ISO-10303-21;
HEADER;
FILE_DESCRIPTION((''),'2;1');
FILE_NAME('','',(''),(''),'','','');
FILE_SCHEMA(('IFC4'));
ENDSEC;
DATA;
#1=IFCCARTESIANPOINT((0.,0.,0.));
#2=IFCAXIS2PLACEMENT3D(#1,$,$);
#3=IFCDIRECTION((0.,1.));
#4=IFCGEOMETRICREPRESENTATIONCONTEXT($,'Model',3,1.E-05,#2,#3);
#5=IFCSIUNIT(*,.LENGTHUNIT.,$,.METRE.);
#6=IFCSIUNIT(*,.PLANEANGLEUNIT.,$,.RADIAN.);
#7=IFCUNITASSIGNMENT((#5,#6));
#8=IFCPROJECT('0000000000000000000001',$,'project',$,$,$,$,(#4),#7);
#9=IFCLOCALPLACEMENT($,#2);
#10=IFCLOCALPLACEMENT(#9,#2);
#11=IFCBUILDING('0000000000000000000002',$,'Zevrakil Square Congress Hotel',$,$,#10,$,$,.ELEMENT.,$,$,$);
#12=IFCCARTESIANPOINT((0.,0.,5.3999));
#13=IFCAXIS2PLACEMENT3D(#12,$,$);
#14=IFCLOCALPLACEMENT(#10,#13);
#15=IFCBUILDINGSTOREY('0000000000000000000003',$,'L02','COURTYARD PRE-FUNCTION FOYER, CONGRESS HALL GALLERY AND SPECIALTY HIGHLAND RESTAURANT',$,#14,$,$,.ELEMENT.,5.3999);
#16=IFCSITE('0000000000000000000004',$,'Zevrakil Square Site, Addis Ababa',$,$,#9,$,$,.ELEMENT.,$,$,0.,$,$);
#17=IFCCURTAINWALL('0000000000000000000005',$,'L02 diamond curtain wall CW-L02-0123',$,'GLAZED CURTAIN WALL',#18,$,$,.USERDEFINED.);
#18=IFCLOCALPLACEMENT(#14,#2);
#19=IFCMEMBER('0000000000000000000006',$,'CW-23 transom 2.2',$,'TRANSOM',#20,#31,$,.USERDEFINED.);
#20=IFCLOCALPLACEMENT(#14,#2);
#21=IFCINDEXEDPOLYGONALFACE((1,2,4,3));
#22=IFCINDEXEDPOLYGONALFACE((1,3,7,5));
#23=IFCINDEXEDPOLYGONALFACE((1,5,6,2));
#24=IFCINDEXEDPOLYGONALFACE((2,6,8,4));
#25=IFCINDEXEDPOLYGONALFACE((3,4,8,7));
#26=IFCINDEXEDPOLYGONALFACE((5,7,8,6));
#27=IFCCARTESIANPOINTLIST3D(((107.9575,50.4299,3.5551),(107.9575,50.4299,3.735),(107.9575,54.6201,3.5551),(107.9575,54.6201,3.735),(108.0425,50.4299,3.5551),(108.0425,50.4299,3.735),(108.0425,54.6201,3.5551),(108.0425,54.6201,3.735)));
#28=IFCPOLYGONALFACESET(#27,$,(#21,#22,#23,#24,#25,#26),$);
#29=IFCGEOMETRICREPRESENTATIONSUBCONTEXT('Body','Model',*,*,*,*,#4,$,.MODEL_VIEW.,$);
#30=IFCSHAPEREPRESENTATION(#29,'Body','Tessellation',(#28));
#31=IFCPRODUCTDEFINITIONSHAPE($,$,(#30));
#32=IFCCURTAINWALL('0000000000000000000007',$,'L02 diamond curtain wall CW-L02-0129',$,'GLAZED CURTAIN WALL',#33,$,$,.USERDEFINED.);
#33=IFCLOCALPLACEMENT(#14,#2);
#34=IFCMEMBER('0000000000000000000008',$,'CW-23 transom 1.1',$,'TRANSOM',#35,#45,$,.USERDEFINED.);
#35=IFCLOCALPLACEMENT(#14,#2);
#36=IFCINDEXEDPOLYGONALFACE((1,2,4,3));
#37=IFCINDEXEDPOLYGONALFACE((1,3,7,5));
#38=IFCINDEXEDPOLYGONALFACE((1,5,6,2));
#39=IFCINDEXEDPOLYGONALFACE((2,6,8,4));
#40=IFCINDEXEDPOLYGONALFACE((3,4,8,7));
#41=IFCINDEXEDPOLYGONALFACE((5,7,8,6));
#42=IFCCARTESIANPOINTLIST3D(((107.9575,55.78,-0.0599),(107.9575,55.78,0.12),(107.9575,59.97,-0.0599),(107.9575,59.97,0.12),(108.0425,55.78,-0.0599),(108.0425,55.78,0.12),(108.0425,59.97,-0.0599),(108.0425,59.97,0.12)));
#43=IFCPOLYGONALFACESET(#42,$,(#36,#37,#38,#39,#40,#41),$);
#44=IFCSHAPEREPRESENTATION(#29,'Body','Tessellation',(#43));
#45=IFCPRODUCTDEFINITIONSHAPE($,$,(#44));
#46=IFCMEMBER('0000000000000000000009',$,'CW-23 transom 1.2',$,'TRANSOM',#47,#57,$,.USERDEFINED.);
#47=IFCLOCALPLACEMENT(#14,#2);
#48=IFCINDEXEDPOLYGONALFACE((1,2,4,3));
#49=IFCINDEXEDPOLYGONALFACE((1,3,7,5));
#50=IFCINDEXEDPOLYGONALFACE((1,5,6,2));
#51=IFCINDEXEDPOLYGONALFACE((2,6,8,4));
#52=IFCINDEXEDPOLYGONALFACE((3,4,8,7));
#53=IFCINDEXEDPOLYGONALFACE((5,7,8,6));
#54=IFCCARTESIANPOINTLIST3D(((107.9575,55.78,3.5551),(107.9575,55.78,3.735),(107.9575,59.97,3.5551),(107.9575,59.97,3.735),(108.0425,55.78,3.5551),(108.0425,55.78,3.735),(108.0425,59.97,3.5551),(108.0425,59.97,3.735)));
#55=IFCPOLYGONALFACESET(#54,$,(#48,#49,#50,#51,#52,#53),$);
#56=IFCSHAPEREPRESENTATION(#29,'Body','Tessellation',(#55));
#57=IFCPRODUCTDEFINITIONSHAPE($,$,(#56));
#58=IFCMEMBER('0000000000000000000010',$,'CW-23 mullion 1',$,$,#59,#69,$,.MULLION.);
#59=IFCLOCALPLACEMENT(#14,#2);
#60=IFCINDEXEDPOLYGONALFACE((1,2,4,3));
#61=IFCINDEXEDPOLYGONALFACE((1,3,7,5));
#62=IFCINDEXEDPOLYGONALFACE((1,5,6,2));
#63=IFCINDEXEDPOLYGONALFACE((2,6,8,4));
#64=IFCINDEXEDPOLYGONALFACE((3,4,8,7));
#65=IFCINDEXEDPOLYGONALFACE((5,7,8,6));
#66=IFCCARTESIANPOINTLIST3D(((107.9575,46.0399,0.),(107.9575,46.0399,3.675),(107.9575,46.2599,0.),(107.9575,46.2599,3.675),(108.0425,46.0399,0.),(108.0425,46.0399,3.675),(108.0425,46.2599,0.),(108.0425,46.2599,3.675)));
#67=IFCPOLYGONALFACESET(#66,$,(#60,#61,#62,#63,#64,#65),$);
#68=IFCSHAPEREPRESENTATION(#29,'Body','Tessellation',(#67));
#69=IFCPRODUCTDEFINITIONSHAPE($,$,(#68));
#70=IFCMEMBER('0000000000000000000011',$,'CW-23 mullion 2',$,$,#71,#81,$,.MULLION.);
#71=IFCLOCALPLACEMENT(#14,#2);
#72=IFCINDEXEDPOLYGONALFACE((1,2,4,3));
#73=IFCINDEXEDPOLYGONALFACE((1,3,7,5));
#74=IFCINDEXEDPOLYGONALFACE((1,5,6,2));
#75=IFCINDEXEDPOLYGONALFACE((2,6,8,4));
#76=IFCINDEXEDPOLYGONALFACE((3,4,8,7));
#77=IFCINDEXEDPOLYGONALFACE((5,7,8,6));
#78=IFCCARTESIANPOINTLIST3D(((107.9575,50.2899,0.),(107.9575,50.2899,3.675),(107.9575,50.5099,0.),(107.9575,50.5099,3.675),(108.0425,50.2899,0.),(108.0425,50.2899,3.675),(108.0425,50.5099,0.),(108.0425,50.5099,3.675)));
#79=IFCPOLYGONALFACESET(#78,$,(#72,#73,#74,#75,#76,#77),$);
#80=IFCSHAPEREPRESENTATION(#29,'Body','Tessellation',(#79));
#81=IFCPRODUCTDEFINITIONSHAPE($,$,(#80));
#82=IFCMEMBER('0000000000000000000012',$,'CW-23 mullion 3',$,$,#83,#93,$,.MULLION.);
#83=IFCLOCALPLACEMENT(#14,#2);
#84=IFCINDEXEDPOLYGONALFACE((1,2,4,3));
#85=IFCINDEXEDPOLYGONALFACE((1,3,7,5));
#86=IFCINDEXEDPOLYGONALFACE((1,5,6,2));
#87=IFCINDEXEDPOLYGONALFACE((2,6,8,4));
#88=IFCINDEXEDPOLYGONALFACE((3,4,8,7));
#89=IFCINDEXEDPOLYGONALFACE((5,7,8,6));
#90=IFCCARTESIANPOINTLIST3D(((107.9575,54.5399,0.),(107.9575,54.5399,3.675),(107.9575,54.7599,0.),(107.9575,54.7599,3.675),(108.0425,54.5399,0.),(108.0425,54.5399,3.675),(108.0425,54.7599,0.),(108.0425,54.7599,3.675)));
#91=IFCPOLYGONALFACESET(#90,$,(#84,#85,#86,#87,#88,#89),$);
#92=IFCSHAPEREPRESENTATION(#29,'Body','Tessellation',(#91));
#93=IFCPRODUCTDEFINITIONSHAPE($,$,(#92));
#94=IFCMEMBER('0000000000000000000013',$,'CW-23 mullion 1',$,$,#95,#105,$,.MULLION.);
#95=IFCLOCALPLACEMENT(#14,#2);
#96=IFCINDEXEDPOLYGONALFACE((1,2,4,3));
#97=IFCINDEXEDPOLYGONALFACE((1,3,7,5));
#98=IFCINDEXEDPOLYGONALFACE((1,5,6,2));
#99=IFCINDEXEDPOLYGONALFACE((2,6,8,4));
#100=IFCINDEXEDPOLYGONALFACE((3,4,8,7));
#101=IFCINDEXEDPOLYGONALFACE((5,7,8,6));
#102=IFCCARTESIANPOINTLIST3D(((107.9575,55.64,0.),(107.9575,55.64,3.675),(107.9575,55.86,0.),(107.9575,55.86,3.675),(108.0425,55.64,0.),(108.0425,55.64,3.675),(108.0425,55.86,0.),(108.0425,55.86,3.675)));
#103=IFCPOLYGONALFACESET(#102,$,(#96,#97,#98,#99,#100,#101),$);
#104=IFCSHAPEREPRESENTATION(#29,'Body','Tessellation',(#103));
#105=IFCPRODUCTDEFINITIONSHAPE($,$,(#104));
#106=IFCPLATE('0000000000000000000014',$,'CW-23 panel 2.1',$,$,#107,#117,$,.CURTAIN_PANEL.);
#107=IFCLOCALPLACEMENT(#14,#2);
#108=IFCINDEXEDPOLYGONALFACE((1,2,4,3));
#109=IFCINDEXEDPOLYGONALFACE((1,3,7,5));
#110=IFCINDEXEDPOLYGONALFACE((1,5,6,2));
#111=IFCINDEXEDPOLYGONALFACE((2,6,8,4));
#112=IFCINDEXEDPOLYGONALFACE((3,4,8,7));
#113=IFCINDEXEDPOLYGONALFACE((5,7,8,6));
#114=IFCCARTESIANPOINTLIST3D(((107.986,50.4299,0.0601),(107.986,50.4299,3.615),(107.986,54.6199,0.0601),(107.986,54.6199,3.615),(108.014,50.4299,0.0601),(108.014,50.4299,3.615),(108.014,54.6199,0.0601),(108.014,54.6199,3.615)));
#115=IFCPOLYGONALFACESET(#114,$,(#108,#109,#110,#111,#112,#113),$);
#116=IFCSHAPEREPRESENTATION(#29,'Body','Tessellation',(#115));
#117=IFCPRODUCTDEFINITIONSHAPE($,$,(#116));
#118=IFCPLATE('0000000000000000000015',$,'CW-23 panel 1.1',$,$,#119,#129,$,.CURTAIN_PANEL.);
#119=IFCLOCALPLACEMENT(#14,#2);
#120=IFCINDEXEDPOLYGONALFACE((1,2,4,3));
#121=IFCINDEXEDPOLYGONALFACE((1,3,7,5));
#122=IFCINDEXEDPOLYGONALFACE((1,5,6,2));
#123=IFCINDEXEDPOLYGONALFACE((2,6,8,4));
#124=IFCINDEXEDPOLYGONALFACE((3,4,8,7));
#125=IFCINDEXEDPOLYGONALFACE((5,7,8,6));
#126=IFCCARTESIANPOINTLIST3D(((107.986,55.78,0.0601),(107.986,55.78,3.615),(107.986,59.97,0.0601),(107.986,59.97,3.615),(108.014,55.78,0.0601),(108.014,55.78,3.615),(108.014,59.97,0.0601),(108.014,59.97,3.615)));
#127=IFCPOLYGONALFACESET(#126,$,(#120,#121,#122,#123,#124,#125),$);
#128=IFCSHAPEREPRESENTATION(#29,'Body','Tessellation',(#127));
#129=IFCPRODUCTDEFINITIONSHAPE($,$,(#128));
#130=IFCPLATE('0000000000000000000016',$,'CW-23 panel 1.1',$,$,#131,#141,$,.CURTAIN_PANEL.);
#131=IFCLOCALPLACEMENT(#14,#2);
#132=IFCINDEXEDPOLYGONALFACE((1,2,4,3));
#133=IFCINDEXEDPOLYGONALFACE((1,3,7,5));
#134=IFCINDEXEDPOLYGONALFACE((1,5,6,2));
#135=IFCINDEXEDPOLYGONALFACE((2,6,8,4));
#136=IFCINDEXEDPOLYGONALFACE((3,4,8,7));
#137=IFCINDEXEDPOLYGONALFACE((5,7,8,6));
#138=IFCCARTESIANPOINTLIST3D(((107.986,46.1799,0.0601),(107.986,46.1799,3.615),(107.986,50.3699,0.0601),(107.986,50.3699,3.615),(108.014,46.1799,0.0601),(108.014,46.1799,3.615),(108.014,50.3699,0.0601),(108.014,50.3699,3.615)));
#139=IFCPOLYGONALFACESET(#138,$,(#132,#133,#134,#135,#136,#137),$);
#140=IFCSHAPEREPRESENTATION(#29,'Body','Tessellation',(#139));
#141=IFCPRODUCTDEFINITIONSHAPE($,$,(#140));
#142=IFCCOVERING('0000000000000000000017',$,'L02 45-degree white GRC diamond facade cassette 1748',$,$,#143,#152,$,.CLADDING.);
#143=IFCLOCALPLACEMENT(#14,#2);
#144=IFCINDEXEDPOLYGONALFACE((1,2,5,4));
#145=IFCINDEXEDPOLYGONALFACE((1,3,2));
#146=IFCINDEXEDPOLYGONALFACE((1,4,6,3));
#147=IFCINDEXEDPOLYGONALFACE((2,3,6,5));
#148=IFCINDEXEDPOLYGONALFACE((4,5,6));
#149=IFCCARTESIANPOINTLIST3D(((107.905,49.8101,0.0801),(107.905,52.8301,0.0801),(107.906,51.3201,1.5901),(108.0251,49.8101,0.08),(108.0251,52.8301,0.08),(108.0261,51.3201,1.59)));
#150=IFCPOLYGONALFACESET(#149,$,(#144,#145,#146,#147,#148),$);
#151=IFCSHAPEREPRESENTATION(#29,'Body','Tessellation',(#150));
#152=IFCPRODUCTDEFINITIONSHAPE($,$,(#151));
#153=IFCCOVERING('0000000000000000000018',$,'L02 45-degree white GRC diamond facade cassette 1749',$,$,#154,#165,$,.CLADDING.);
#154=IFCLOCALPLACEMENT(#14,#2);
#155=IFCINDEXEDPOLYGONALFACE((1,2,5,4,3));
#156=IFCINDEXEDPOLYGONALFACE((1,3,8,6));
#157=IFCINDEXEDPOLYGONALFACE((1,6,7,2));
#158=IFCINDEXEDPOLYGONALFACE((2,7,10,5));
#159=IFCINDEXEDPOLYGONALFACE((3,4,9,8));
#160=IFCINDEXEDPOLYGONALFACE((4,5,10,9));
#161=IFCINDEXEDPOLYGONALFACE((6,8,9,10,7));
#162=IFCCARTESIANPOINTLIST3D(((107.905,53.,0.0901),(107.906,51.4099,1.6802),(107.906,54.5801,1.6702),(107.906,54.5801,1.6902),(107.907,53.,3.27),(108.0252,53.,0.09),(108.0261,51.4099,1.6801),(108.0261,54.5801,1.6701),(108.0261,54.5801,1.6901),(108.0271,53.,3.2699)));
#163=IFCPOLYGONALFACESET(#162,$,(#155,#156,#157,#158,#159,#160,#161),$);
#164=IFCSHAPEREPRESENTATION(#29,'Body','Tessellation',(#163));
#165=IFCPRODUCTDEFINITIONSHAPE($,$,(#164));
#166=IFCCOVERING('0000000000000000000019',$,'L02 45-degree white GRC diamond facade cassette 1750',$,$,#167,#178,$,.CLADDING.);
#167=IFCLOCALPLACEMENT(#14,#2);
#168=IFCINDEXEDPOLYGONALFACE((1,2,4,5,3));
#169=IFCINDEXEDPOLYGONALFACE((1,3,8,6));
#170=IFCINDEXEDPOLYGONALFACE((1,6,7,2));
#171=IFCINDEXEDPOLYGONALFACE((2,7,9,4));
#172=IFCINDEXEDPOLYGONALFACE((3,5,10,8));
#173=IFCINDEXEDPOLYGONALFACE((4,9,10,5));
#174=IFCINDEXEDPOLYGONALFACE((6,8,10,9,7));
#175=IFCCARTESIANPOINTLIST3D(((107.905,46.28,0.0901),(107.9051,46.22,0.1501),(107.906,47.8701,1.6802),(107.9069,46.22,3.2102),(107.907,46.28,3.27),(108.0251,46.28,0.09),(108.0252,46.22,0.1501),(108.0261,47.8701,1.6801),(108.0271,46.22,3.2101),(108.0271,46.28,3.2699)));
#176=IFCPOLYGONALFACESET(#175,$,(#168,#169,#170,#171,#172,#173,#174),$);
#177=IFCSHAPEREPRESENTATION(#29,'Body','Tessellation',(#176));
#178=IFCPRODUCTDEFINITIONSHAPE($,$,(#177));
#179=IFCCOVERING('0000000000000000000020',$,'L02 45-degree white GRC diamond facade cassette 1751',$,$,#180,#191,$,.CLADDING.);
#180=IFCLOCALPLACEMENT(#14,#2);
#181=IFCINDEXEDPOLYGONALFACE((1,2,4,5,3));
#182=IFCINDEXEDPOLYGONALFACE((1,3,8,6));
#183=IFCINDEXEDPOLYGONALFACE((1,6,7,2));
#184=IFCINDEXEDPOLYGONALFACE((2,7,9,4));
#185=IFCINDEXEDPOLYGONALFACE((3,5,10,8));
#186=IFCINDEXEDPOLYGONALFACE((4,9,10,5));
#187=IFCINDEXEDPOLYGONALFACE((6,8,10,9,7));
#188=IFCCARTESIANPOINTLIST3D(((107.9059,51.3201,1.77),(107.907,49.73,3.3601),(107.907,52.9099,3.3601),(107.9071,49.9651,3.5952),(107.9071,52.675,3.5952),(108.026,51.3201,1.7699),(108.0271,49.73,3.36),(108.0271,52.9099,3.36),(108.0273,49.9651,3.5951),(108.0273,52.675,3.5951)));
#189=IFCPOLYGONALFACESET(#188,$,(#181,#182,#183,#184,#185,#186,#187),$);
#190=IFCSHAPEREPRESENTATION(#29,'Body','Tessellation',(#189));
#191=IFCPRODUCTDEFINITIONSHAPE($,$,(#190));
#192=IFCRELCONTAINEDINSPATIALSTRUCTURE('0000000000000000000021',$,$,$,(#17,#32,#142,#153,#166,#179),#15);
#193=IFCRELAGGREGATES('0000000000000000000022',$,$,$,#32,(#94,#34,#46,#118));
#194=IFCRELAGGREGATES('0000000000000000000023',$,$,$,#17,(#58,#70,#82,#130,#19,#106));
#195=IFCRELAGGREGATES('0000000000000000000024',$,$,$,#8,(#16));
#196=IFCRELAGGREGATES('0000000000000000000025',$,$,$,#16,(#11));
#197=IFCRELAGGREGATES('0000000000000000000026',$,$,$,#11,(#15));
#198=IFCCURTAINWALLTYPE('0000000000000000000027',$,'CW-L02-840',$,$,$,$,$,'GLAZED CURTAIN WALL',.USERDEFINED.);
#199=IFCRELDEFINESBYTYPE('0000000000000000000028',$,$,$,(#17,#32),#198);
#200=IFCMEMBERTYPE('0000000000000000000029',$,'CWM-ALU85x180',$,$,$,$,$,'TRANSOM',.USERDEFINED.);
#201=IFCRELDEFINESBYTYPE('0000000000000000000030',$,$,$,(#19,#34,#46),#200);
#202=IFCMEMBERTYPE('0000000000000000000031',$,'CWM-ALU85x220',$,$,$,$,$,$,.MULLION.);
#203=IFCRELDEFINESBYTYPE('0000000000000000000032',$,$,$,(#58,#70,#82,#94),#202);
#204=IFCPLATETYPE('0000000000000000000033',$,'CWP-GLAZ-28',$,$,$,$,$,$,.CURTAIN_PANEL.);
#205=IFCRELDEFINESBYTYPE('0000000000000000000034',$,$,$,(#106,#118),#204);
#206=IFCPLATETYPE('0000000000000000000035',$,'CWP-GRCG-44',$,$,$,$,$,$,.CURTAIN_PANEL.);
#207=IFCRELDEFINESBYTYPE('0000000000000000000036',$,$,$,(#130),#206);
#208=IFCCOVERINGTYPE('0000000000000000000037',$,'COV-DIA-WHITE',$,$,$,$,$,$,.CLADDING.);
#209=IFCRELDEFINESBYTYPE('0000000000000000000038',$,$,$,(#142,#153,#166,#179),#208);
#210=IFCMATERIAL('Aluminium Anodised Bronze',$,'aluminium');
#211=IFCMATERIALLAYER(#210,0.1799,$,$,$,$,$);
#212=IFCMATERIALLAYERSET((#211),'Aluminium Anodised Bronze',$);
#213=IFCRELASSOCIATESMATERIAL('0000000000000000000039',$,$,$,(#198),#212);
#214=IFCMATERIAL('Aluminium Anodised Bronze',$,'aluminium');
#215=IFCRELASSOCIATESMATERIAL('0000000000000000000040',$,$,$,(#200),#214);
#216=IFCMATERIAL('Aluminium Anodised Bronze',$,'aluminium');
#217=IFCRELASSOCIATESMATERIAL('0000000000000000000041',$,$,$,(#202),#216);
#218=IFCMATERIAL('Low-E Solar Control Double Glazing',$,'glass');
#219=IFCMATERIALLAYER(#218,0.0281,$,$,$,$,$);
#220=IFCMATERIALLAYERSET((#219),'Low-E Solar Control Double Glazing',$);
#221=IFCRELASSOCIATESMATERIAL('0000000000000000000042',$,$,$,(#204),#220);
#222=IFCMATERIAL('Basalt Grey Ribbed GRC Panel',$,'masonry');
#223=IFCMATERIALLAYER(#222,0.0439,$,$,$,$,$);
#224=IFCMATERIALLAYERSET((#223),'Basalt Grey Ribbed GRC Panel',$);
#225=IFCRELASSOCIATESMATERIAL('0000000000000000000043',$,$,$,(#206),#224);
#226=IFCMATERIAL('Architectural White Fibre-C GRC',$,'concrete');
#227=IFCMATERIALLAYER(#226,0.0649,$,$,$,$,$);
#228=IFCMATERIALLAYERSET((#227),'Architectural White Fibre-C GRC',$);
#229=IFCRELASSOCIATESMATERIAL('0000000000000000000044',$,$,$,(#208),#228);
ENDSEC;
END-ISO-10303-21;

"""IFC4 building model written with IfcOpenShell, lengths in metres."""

from ifc_helpers import new_model, si_unit, direction, frame, origin, origin_2d, place, context, subcontext, project, spatial, polyline, rectangle, outline, extrude, material, layer, layer_set, material_profile, profile_set, type_object, element, aggregate, save


model = new_model("IFC4")

# Units and contexts
model_context = context("Model", 3, precision=1e-05, world=origin(), true_north=direction((0.0, 1.0)))
body_context = subcontext(model_context, "Body", "Model", "MODEL_VIEW")
ifc_project = project(units=[si_unit("LENGTHUNIT", "METRE"), si_unit("PLANEANGLEUNIT", "RADIAN")], contexts=[model_context])

# Site, building, storey
site_placement = place(None, origin())
site = spatial("IfcSite", under=ifc_project, at=site_placement, Name="Zevrakil Square Site, Addis Ababa", CompositionType="ELEMENT", RefElevation=0.0)
building_placement = place(site_placement, origin())
building = spatial("IfcBuilding", under=site, at=building_placement, Name="Zevrakil Square Congress Hotel", CompositionType="ELEMENT")
storey_placement = place(building_placement, frame((0.0, 0.0, 5.3999)))
storey = spatial("IfcBuildingStorey", under=building, at=storey_placement, Name="L02", Description="COURTYARD PRE-FUNCTION FOYER, CONGRESS HALL GALLERY AND SPECIALTY HIGHLAND RESTAURANT", CompositionType="ELEMENT", Elevation=5.3999)

# Curtain walls, members
ifc_material_1 = material(Name="Aluminium Anodised Bronze", Category="aluminium")
ifc_layer_1 = layer(ifc_material_1, 0.1799)
ifc_layer_set_1 = layer_set([ifc_layer_1], Name="Aluminium Anodised Bronze")
curtain_wall_type = type_object("IfcCurtainWallType", Name="CW-L02-840", ElementType="GLAZED CURTAIN WALL", PredefinedType="USERDEFINED", material=ifc_layer_set_1)
curtain_wall_1_placement = place(storey_placement, origin())
curtain_wall_1 = element("IfcCurtainWall", 1, at=curtain_wall_1_placement, inside=storey, type_object=curtain_wall_type, Name="L02 diamond curtain wall CW-L02-0123", ObjectType="GLAZED CURTAIN WALL", PredefinedType="USERDEFINED")
ifc_material_2 = material(Name="Aluminium Anodised Bronze", Category="aluminium")
ifc_material_profile_1 = material_profile(ifc_material_2, rectangle(XDim=0.085, YDim=0.1799, at=origin_2d()), Name="ALU 85x180")
ifc_profile_set_1 = profile_set([ifc_material_profile_1], Name="Aluminium Anodised Bronze")
member_type_1 = type_object("IfcMemberType", Name="CWM-ALU85x180", ElementType="TRANSOM", PredefinedType="USERDEFINED", material=ifc_profile_set_1)
member_1_placement = place(storey_placement, frame((108.0, 50.4299, 3.645), z_axis=(0.0, 1.0, 0.0), x_axis=(-1.0, 0.0, 0.0)))
member_1 = element("IfcMember", 2, at=member_1_placement, type_object=member_type_1, Name="CW-23 transom 2.2", ObjectType="TRANSOM", PredefinedType="USERDEFINED", context=body_context, shape_type="SweptSolid", body=[
    extrude(rectangle(XDim=0.085, YDim=0.1799, at=origin_2d()), origin(), (0.0, 0.0, 1.0), 4.1902),
])
curtain_wall_2_placement = place(storey_placement, origin())
curtain_wall_2 = element("IfcCurtainWall", 3, at=curtain_wall_2_placement, inside=storey, type_object=curtain_wall_type, Name="L02 diamond curtain wall CW-L02-0129", ObjectType="GLAZED CURTAIN WALL", PredefinedType="USERDEFINED")
member_2_placement = place(storey_placement, frame((108.0, 55.78, 0.03), z_axis=(0.0, 1.0, 0.0), x_axis=(-1.0, 0.0, 0.0)))
member_2 = element("IfcMember", 4, at=member_2_placement, type_object=member_type_1, Name="CW-23 transom 1.1", ObjectType="TRANSOM", PredefinedType="USERDEFINED", context=body_context, shape_type="SweptSolid", body=[
    extrude(rectangle(XDim=0.085, YDim=0.1799, at=origin_2d()), origin(), (0.0, 0.0, 1.0), 4.1899),
])
member_3_placement = place(storey_placement, frame((108.0, 55.78, 3.645), z_axis=(0.0, 1.0, 0.0), x_axis=(-1.0, 0.0, 0.0)))
member_3 = element("IfcMember", 5, at=member_3_placement, type_object=member_type_1, Name="CW-23 transom 1.2", ObjectType="TRANSOM", PredefinedType="USERDEFINED", context=body_context, shape_type="SweptSolid", body=[
    extrude(rectangle(XDim=0.085, YDim=0.1799, at=origin_2d()), origin(), (0.0, 0.0, 1.0), 4.1899),
])

# Members
ifc_material_3 = material(Name="Aluminium Anodised Bronze", Category="aluminium")
ifc_material_profile_2 = material_profile(ifc_material_3, rectangle(XDim=0.085, YDim=0.22, at=origin_2d()), Name="ALU 85x220")
ifc_profile_set_2 = profile_set([ifc_material_profile_2], Name="Aluminium Anodised Bronze")
member_type_2 = type_object("IfcMemberType", Name="CWM-ALU85x220", PredefinedType="MULLION", material=ifc_profile_set_2)
member_4_placement = place(storey_placement, frame((108.0, 46.1499, 0.0), z_axis=(0.0, 0.0, 1.0), x_axis=(-1.0, 0.0, 0.0)))
member_4 = element("IfcMember", 6, at=member_4_placement, type_object=member_type_2, Name="CW-23 mullion 1", PredefinedType="MULLION", context=body_context, shape_type="SweptSolid", body=[
    extrude(rectangle(XDim=0.085, YDim=0.22, at=origin_2d()), origin(), (0.0, 0.0, 1.0), 3.675),
])
member_5_placement = place(storey_placement, frame((108.0, 50.3999, 0.0), z_axis=(0.0, 0.0, 1.0), x_axis=(-1.0, 0.0, 0.0)))
member_5 = element("IfcMember", 7, at=member_5_placement, type_object=member_type_2, Name="CW-23 mullion 2", PredefinedType="MULLION", context=body_context, shape_type="SweptSolid", body=[
    extrude(rectangle(XDim=0.085, YDim=0.22, at=origin_2d()), origin(), (0.0, 0.0, 1.0), 3.675),
])
member_6_placement = place(storey_placement, frame((108.0, 54.6499, 0.0), z_axis=(0.0, 0.0, 1.0), x_axis=(-1.0, 0.0, 0.0)))
member_6 = element("IfcMember", 8, at=member_6_placement, type_object=member_type_2, Name="CW-23 mullion 3", PredefinedType="MULLION", context=body_context, shape_type="SweptSolid", body=[
    extrude(rectangle(XDim=0.085, YDim=0.22, at=origin_2d()), origin(), (0.0, 0.0, 1.0), 3.675),
])
member_7_placement = place(storey_placement, frame((108.0, 55.75, 0.0), z_axis=(0.0, 0.0, 1.0), x_axis=(-1.0, 0.0, 0.0)))
member_7 = element("IfcMember", 9, at=member_7_placement, type_object=member_type_2, Name="CW-23 mullion 1", PredefinedType="MULLION", context=body_context, shape_type="SweptSolid", body=[
    extrude(rectangle(XDim=0.085, YDim=0.22, at=origin_2d()), origin(), (0.0, 0.0, 1.0), 3.675),
])

# Plates
ifc_material_4 = material(Name="Low-E Solar Control Double Glazing", Category="glass")
ifc_layer_2 = layer(ifc_material_4, 0.0281)
ifc_layer_set_2 = layer_set([ifc_layer_2], Name="Low-E Solar Control Double Glazing")
plate_type_1 = type_object("IfcPlateType", Name="CWP-GLAZ-28", PredefinedType="CURTAIN_PANEL", material=ifc_layer_set_2)
plate_1_placement = place(storey_placement, frame((108.0, 52.5249, 0.0601), z_axis=(0.0, 0.0, 1.0), x_axis=(0.0, 1.0, 0.0)))
plate_1 = element("IfcPlate", 10, at=plate_1_placement, type_object=plate_type_1, Name="CW-23 panel 2.1", PredefinedType="CURTAIN_PANEL", context=body_context, shape_type="SweptSolid", body=[
    extrude(rectangle(XDim=4.1899, YDim=0.0281, at=origin_2d()), origin(), (0.0, 0.0, 1.0), 3.5549),
])
plate_2_placement = place(storey_placement, frame((108.0, 57.875, 0.0601), z_axis=(0.0, 0.0, 1.0), x_axis=(0.0, 1.0, 0.0)))
plate_2 = element("IfcPlate", 11, at=plate_2_placement, type_object=plate_type_1, Name="CW-23 panel 1.1", PredefinedType="CURTAIN_PANEL", context=body_context, shape_type="SweptSolid", body=[
    extrude(rectangle(XDim=4.1899, YDim=0.0281, at=origin_2d()), origin(), (0.0, 0.0, 1.0), 3.5549),
])
aggregate(curtain_wall_2, [member_7, member_2, member_3, plate_2])
ifc_material_5 = material(Name="Basalt Grey Ribbed GRC Panel", Category="masonry")
ifc_layer_3 = layer(ifc_material_5, 0.0439)
ifc_layer_set_3 = layer_set([ifc_layer_3], Name="Basalt Grey Ribbed GRC Panel")
plate_type_2 = type_object("IfcPlateType", Name="CWP-GRCG-44", PredefinedType="CURTAIN_PANEL", material=ifc_layer_set_3)
plate_3_placement = place(storey_placement, frame((108.0, 48.2749, 0.0601), z_axis=(0.0, 0.0, 1.0), x_axis=(0.0, 1.0, 0.0)))
plate_3 = element("IfcPlate", 12, at=plate_3_placement, type_object=plate_type_2, Name="CW-23 panel 1.1", PredefinedType="CURTAIN_PANEL", context=body_context, shape_type="SweptSolid", body=[
    extrude(rectangle(XDim=4.1899, YDim=0.0281, at=origin_2d()), origin(), (0.0, 0.0, 1.0), 3.5549),
])
aggregate(curtain_wall_1, [member_4, member_5, member_6, plate_3, member_1, plate_1])

# Coverings
ifc_material_6 = material(Name="Architectural White Fibre-C GRC", Category="concrete")
ifc_layer_4 = layer(ifc_material_6, 0.0649)
ifc_layer_set_4 = layer_set([ifc_layer_4], Name="Architectural White Fibre-C GRC")
covering_type_1 = type_object("IfcCoveringType", Name="COV-DIA-WHITE", PredefinedType="CLADDING", material=ifc_layer_set_4)
covering_1_placement = place(storey_placement, frame((107.906, 51.3201, 1.5901), z_axis=(-1.0, 0.0, 0.000647), x_axis=(-0.000457, -0.707107, -0.707107)))
element("IfcCovering", 13, at=covering_1_placement, inside=storey, type_object=covering_type_1, Name="L02 45-degree white GRC diamond facade cassette 1748", PredefinedType="CLADDING", context=body_context, shape_type="SweptSolid", body=[
    extrude(outline(polyline([(0.0, 0.0), (2.1355, 0.0), (0.0, -2.1355), (0.0, 0.0)])), origin(), (0.0, 0.0, -1.0), 0.1201),
])
covering_2_placement = place(storey_placement, frame((107.907, 53.0, 3.27), z_axis=(-1.0, 0.0, 0.000612), x_axis=(-0.000433, -0.707161, -0.707052)))
element("IfcCovering", 14, at=covering_2_placement, inside=storey, type_object=covering_type_1, Name="L02 45-degree white GRC diamond facade cassette 1749", PredefinedType="CLADDING", context=body_context, shape_type="SweptSolid", body=[
    extrude(outline(polyline([(0.0, 0.0), (2.2486, 0.0), (2.2484, -2.2487), (0.0138, -2.2486), (-0.0003, -2.2344), (0.0, 0.0)])), origin(), (0.0, 0.0, -1.0), 0.1201),
])
covering_3_placement = place(storey_placement, frame((107.905, 46.28, 0.0901), z_axis=(-1.0, 0.0, 0.000615), x_axis=(0.000435, 0.707107, 0.707107)))
element("IfcCovering", 15, at=covering_3_placement, inside=storey, type_object=covering_type_1, Name="L02 45-degree white GRC diamond facade cassette 1750", PredefinedType="CLADDING", context=body_context, shape_type="SweptSolid", body=[
    extrude(outline(polyline([(0.0, 0.0), (2.2487, 0.0), (2.2486, -2.2486), (2.1638, -2.2487), (0.0, -0.0849), (0.0, 0.0)])), origin(), (0.0, 0.0, -1.0), 0.1201),
])
covering_4_placement = place(storey_placement, frame((107.907, 49.73, 3.3601), z_axis=(-1.0, 0.0, 0.000705), x_axis=(-0.000499, 0.707107, -0.707107)))
element("IfcCovering", 16, at=covering_4_placement, inside=storey, type_object=covering_type_1, Name="L02 45-degree white GRC diamond facade cassette 1751", PredefinedType="CLADDING", context=body_context, shape_type="SweptSolid", body=[
    extrude(outline(polyline([(0.0, 0.0), (2.2487, 0.0), (2.2486, -2.2486), (1.9162, -2.2487), (0.0, -0.3325), (0.0, 0.0)])), origin(), (0.0, 0.0, -1.0), 0.1201),
])

save(model, "model.ifc")
